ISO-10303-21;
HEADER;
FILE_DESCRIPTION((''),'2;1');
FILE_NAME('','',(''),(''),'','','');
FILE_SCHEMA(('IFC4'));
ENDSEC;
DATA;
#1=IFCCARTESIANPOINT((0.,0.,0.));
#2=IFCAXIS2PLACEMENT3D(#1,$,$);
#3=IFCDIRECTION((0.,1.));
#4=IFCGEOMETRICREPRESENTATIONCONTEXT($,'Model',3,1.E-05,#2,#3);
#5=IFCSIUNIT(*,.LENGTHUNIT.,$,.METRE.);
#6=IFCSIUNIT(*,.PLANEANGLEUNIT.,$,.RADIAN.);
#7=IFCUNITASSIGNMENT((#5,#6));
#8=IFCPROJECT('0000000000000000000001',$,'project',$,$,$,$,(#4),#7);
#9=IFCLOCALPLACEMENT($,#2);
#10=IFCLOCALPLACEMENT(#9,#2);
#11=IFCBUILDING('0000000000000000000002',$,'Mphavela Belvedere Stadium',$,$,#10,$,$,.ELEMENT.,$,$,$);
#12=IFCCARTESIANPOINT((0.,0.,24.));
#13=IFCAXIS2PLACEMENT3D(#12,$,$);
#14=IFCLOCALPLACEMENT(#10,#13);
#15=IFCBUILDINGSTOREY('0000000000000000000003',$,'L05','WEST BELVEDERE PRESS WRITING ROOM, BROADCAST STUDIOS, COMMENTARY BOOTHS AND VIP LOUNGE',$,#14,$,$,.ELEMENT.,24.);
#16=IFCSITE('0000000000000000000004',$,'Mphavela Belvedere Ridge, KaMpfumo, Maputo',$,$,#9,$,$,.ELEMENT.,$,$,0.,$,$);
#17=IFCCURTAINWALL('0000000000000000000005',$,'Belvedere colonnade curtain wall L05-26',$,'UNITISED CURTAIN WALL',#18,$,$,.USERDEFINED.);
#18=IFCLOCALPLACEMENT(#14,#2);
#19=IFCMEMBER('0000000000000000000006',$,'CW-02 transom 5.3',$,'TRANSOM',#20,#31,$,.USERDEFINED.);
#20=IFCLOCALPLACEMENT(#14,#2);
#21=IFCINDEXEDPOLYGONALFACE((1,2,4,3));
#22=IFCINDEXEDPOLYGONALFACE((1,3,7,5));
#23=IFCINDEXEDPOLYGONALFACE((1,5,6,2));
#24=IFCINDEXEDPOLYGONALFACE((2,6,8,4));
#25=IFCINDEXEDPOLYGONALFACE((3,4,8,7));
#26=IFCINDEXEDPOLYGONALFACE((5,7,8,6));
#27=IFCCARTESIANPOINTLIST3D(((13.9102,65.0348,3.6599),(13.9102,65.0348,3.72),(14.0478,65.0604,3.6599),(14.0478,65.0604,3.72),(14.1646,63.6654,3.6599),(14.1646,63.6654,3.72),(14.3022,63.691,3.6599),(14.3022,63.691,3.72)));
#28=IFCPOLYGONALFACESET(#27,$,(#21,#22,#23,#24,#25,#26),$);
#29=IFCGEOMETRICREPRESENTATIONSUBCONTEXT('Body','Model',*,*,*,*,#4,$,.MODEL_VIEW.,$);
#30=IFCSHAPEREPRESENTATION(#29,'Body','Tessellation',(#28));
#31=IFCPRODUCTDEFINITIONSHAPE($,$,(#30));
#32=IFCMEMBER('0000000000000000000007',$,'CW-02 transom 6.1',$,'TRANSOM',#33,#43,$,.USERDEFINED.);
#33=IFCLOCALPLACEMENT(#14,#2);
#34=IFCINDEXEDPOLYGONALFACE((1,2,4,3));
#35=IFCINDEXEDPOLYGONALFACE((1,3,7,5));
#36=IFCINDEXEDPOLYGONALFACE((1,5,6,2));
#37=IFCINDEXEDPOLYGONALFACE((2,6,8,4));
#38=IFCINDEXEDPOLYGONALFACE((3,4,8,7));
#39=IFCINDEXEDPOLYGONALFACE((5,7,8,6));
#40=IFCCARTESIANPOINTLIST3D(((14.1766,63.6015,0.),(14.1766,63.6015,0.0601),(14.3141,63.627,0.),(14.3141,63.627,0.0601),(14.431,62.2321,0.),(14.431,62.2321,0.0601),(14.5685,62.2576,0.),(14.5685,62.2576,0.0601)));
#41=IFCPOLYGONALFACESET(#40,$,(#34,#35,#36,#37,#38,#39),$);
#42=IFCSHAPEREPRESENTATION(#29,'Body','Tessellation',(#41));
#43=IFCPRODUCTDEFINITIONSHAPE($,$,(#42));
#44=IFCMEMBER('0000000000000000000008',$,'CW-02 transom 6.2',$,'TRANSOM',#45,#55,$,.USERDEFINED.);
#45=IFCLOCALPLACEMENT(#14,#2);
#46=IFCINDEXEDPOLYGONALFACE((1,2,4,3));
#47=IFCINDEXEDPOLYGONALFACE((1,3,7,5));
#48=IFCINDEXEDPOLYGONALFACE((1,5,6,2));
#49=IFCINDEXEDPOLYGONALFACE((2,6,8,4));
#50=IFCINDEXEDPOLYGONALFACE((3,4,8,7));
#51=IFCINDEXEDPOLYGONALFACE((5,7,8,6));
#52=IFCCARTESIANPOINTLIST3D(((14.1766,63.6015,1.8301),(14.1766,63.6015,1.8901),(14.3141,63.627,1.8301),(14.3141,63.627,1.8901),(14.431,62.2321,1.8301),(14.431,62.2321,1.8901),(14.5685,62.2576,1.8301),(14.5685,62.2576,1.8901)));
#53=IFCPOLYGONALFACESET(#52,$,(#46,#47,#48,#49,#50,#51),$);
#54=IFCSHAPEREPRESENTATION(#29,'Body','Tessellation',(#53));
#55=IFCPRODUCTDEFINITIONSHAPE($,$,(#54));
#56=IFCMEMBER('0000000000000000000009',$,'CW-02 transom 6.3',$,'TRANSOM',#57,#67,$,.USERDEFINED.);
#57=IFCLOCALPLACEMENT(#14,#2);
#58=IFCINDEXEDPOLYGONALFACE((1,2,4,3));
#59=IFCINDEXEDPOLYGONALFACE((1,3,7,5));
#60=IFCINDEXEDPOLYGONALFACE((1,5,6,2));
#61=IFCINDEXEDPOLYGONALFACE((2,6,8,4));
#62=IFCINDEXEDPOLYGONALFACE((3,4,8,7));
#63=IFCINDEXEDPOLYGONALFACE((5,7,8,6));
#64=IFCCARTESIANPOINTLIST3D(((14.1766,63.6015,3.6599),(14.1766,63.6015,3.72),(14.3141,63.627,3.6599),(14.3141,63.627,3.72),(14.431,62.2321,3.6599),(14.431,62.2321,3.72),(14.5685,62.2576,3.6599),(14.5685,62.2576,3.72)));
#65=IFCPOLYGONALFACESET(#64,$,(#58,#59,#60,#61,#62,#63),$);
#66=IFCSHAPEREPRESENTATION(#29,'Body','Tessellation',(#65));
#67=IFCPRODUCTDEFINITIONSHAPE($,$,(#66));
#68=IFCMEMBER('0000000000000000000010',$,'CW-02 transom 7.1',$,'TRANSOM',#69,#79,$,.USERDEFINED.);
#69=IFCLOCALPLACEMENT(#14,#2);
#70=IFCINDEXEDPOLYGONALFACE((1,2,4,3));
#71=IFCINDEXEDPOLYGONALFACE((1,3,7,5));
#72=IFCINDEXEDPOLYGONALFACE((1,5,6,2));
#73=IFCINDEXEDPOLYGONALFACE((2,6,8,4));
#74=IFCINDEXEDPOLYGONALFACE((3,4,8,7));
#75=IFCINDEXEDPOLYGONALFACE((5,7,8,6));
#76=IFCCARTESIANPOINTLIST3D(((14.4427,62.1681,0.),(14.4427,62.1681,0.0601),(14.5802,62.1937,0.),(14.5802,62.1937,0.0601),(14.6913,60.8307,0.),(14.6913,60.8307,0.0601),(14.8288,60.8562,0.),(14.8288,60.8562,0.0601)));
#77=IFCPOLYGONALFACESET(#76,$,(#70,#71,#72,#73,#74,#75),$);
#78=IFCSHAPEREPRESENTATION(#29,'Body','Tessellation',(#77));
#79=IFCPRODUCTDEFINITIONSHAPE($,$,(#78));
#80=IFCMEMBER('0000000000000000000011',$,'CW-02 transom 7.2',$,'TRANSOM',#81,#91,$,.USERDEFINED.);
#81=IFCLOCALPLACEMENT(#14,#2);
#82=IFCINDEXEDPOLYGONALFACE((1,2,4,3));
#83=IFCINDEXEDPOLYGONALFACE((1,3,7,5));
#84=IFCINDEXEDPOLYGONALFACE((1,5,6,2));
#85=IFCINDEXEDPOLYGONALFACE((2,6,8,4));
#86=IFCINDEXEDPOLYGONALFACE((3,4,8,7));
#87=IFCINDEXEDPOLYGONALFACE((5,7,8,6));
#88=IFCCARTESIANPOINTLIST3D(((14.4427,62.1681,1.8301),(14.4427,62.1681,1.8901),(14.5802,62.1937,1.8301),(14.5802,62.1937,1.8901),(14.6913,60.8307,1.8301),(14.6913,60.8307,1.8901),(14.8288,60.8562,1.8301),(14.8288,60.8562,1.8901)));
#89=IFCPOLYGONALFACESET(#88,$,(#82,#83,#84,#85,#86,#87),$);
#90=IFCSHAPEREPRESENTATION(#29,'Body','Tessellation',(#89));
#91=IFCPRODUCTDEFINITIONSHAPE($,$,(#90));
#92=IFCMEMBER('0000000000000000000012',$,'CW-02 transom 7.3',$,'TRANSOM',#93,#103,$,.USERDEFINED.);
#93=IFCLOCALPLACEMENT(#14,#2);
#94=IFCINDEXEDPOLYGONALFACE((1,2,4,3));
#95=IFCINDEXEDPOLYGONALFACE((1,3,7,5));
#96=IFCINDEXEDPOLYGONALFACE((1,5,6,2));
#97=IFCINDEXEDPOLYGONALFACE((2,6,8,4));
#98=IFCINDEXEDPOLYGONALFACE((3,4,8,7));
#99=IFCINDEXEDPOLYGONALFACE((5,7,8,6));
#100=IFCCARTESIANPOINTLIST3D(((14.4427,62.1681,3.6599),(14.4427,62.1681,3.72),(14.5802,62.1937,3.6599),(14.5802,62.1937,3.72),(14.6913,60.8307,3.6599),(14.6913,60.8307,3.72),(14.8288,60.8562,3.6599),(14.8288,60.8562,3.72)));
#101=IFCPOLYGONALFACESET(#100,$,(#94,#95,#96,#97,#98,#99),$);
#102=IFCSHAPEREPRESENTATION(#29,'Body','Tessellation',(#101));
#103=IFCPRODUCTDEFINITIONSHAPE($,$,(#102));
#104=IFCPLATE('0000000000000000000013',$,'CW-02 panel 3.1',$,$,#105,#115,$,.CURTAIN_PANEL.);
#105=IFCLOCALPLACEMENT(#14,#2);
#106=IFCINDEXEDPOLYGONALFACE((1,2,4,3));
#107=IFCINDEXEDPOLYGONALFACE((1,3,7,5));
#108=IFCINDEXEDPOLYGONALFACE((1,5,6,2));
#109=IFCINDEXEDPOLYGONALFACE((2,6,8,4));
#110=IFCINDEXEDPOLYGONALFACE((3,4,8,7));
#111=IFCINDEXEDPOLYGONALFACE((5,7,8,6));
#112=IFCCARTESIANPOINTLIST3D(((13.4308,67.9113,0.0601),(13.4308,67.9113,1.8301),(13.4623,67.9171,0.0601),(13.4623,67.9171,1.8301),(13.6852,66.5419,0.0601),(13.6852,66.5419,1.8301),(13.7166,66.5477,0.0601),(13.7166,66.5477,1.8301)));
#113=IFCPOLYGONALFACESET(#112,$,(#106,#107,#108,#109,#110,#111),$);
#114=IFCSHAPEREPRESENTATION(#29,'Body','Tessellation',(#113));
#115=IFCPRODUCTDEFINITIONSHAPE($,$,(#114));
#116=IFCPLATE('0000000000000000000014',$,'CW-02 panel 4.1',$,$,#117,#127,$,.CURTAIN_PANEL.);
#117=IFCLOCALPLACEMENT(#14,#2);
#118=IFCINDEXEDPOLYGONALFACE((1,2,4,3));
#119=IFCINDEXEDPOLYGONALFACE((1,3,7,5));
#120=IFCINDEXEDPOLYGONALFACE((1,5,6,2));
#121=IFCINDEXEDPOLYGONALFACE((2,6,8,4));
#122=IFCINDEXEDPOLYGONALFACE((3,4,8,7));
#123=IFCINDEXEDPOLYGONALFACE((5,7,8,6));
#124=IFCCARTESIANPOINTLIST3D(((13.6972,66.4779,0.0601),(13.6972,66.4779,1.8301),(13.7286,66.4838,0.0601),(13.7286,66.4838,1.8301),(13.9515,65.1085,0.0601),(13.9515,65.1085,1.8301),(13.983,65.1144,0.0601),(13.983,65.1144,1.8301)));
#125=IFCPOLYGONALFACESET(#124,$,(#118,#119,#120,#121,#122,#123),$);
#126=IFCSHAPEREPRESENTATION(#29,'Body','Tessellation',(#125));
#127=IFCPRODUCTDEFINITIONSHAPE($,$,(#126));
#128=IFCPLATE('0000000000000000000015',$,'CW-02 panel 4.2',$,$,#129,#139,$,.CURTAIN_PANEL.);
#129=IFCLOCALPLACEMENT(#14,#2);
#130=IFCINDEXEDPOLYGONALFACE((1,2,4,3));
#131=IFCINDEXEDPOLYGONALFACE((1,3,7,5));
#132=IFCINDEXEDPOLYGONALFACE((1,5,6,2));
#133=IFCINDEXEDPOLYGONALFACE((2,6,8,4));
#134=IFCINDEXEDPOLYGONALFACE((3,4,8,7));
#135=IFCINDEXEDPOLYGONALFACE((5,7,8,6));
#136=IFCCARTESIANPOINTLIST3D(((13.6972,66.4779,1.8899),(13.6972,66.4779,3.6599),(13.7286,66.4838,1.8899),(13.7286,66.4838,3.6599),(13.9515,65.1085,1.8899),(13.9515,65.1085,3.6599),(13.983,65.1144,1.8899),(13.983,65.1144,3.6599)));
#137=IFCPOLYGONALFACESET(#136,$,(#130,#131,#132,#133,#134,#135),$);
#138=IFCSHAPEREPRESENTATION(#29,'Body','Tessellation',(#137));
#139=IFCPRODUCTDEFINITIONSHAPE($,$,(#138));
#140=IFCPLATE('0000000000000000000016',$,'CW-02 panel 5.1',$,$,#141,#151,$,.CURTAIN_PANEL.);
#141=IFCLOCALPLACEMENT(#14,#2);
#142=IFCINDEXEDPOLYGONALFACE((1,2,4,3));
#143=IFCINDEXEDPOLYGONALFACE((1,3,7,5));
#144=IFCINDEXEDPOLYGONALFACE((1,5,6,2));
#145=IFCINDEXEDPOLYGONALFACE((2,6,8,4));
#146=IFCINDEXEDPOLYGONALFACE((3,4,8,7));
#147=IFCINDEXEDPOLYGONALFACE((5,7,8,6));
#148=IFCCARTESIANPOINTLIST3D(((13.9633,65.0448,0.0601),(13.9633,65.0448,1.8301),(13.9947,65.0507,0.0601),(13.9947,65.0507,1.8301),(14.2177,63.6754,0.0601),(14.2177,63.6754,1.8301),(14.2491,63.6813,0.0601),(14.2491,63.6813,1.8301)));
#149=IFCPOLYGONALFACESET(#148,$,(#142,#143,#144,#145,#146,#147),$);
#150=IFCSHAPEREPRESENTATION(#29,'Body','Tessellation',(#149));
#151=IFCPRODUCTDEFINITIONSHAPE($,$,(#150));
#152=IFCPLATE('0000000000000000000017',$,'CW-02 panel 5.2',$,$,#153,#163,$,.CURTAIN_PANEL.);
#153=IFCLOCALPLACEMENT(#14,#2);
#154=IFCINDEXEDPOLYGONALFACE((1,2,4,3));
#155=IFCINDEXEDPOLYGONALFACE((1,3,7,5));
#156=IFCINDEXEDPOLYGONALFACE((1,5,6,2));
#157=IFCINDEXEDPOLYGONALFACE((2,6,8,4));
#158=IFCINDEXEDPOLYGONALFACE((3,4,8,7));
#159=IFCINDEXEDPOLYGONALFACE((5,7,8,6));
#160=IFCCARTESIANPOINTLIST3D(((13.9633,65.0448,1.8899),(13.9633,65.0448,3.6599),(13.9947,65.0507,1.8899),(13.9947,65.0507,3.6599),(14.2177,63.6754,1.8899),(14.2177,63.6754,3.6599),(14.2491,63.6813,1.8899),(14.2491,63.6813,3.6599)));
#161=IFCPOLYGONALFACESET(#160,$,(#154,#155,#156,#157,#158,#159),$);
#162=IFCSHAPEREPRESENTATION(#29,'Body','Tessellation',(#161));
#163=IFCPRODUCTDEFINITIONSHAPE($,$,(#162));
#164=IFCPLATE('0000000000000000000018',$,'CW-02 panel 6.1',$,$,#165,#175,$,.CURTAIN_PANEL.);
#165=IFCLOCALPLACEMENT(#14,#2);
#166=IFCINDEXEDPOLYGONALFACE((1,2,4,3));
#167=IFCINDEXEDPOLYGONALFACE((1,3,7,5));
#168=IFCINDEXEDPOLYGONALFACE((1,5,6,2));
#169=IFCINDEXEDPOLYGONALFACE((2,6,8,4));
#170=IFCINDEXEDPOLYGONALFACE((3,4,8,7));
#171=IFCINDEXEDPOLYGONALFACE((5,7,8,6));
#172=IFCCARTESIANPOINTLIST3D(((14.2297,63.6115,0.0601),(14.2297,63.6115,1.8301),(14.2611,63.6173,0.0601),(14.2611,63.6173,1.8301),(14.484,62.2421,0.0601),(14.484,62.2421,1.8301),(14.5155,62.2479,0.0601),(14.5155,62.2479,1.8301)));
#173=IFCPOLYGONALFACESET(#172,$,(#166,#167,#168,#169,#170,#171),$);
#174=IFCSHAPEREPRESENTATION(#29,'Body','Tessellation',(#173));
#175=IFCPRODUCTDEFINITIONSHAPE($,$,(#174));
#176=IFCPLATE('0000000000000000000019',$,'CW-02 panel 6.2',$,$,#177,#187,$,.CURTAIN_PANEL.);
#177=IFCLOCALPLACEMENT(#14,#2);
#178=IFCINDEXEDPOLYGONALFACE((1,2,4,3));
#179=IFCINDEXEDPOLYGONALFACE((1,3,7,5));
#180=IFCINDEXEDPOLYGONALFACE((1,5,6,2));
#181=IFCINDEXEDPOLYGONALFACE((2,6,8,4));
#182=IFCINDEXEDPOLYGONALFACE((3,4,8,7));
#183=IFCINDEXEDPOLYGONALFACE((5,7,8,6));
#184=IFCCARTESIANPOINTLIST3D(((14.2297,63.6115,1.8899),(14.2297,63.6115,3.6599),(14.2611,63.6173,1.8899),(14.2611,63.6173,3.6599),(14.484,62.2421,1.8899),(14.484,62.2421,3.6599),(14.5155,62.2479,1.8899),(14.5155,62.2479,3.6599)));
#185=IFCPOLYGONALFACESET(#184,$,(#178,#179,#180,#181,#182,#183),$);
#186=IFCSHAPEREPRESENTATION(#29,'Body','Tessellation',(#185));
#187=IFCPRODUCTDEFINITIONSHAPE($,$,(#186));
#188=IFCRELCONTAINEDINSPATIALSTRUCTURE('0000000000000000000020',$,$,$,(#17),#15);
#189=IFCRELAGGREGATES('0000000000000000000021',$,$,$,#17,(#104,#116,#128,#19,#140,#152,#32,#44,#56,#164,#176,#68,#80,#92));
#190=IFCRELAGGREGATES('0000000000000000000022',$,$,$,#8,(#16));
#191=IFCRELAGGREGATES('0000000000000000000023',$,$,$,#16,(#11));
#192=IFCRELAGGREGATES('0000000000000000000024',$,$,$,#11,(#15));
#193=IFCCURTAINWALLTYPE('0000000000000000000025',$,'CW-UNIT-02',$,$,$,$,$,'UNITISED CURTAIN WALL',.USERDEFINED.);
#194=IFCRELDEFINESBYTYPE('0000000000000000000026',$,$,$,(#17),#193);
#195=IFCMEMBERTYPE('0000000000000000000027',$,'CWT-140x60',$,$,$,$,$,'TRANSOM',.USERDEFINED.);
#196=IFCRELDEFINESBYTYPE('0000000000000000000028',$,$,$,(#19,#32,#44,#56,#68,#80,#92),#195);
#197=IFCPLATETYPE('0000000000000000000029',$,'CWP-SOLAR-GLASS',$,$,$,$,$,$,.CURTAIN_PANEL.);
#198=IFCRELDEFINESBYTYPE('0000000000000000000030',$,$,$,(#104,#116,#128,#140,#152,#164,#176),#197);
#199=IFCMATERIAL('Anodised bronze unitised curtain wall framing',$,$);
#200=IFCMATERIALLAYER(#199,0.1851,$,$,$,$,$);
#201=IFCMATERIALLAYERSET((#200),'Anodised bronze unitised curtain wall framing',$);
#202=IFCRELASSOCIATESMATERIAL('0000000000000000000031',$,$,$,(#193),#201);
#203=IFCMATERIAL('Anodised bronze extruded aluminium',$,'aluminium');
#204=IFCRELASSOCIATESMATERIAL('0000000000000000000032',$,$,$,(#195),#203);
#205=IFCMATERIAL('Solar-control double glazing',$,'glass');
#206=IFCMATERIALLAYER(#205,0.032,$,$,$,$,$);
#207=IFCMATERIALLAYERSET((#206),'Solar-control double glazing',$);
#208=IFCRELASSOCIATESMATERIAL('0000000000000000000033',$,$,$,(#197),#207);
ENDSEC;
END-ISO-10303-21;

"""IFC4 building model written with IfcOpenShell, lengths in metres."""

from ifc_helpers import new_model, si_unit, direction, frame, origin, origin_2d, place, context, subcontext, project, spatial, rectangle, extrude, material, layer, layer_set, material_profile, profile_set, type_object, element, aggregate, save


model = new_model("IFC4")

# Units and contexts
model_context = context("Model", 3, precision=1e-05, world=origin(), true_north=direction((0.0, 1.0)))
body_context = subcontext(model_context, "Body", "Model", "MODEL_VIEW")
ifc_project = project(units=[si_unit("LENGTHUNIT", "METRE"), si_unit("PLANEANGLEUNIT", "RADIAN")], contexts=[model_context])

# Site, building, storey
site_placement = place(None, origin())
site = spatial("IfcSite", under=ifc_project, at=site_placement, Name="Mphavela Belvedere Ridge, KaMpfumo, Maputo", CompositionType="ELEMENT", RefElevation=0.0)
building_placement = place(site_placement, origin())
building = spatial("IfcBuilding", under=site, at=building_placement, Name="Mphavela Belvedere Stadium", CompositionType="ELEMENT")
storey_placement = place(building_placement, frame((0.0, 0.0, 24.0)))
storey = spatial("IfcBuildingStorey", under=building, at=storey_placement, Name="L05", Description="WEST BELVEDERE PRESS WRITING ROOM, BROADCAST STUDIOS, COMMENTARY BOOTHS AND VIP LOUNGE", CompositionType="ELEMENT", Elevation=24.0)

# Curtain wall, members, plates
ifc_material_1 = material(Name="Anodised bronze unitised curtain wall framing")
ifc_layer_1 = layer(ifc_material_1, 0.1851)
ifc_layer_set_1 = layer_set([ifc_layer_1], Name="Anodised bronze unitised curtain wall framing")
curtain_wall_type = type_object("IfcCurtainWallType", Name="CW-UNIT-02", ElementType="UNITISED CURTAIN WALL", PredefinedType="USERDEFINED", material=ifc_layer_set_1)
curtain_wall_placement = place(storey_placement, origin())
curtain_wall = element("IfcCurtainWall", 1, at=curtain_wall_placement, inside=storey, type_object=curtain_wall_type, Name="Belvedere colonnade curtain wall L05-26", ObjectType="UNITISED CURTAIN WALL", PredefinedType="USERDEFINED")
ifc_material_2 = material(Name="Anodised bronze extruded aluminium", Category="aluminium")
ifc_material_profile_1 = material_profile(ifc_material_2, rectangle(XDim=0.1399, YDim=0.0601, at=origin_2d()), Name="CW-TRN 140x60")
ifc_profile_set_1 = profile_set([ifc_material_profile_1], Name="Anodised bronze extruded aluminium")
member_type_1 = type_object("IfcMemberType", Name="CWT-140x60", ElementType="TRANSOM", PredefinedType="USERDEFINED", material=ifc_profile_set_1)
member_1_placement = place(storey_placement, frame((13.979, 65.0476, 3.6899), z_axis=(0.182648, -0.983178, 0.0), x_axis=(0.983178, 0.182648, 0.0)))
member_1 = element("IfcMember", 2, at=member_1_placement, type_object=member_type_1, Name="CW-02 transom 5.3", ObjectType="TRANSOM", PredefinedType="USERDEFINED", context=body_context, shape_type="SweptSolid", body=[
    extrude(rectangle(XDim=0.1399, YDim=0.0601, at=origin_2d()), origin(), (0.0, 0.0, 1.0), 1.3928),
])
member_2_placement = place(storey_placement, frame((14.2454, 63.6143, 0.03), z_axis=(0.182648, -0.983178, 0.0), x_axis=(0.983178, 0.182648, 0.0)))
member_2 = element("IfcMember", 3, at=member_2_placement, type_object=member_type_1, Name="CW-02 transom 6.1", ObjectType="TRANSOM", PredefinedType="USERDEFINED", context=body_context, shape_type="SweptSolid", body=[
    extrude(rectangle(XDim=0.1399, YDim=0.0601, at=origin_2d()), origin(), (0.0, 0.0, 1.0), 1.3928),
])
member_3_placement = place(storey_placement, frame((14.2454, 63.6143, 1.8601), z_axis=(0.182648, -0.983178, 0.0), x_axis=(0.983178, 0.182648, 0.0)))
member_3 = element("IfcMember", 4, at=member_3_placement, type_object=member_type_1, Name="CW-02 transom 6.2", ObjectType="TRANSOM", PredefinedType="USERDEFINED", context=body_context, shape_type="SweptSolid", body=[
    extrude(rectangle(XDim=0.1399, YDim=0.0601, at=origin_2d()), origin(), (0.0, 0.0, 1.0), 1.3928),
])
member_4_placement = place(storey_placement, frame((14.2454, 63.6143, 3.6899), z_axis=(0.182648, -0.983178, 0.0), x_axis=(0.983178, 0.182648, 0.0)))
member_4 = element("IfcMember", 5, at=member_4_placement, type_object=member_type_1, Name="CW-02 transom 6.3", ObjectType="TRANSOM", PredefinedType="USERDEFINED", context=body_context, shape_type="SweptSolid", body=[
    extrude(rectangle(XDim=0.1399, YDim=0.0601, at=origin_2d()), origin(), (0.0, 0.0, 1.0), 1.3928),
])
member_5_placement = place(storey_placement, frame((14.5115, 62.1809, 0.03), z_axis=(0.182706, -0.983168, 0.0), x_axis=(0.983168, 0.182706, 0.0)))
member_5 = element("IfcMember", 6, at=member_5_placement, type_object=member_type_1, Name="CW-02 transom 7.1", ObjectType="TRANSOM", PredefinedType="USERDEFINED", context=body_context, shape_type="SweptSolid", body=[
    extrude(rectangle(XDim=0.1399, YDim=0.0601, at=origin_2d()), origin(), (0.0, 0.0, 1.0), 1.3604),
])
member_6_placement = place(storey_placement, frame((14.5115, 62.1809, 1.8601), z_axis=(0.182706, -0.983168, 0.0), x_axis=(0.983168, 0.182706, 0.0)))
member_6 = element("IfcMember", 7, at=member_6_placement, type_object=member_type_1, Name="CW-02 transom 7.2", ObjectType="TRANSOM", PredefinedType="USERDEFINED", context=body_context, shape_type="SweptSolid", body=[
    extrude(rectangle(XDim=0.1399, YDim=0.0601, at=origin_2d()), origin(), (0.0, 0.0, 1.0), 1.3604),
])
member_7_placement = place(storey_placement, frame((14.5115, 62.1809, 3.6899), z_axis=(0.182706, -0.983168, 0.0), x_axis=(0.983168, 0.182706, 0.0)))
member_7 = element("IfcMember", 8, at=member_7_placement, type_object=member_type_1, Name="CW-02 transom 7.3", ObjectType="TRANSOM", PredefinedType="USERDEFINED", context=body_context, shape_type="SweptSolid", body=[
    extrude(rectangle(XDim=0.1399, YDim=0.0601, at=origin_2d()), origin(), (0.0, 0.0, 1.0), 1.3604),
])
ifc_material_3 = material(Name="Solar-control double glazing", Category="glass")
ifc_layer_2 = layer(ifc_material_3, 0.032)
ifc_layer_set_2 = layer_set([ifc_layer_2], Name="Solar-control double glazing")
plate_type = type_object("IfcPlateType", Name="CWP-SOLAR-GLASS", PredefinedType="CURTAIN_PANEL", material=ifc_layer_set_2)
plate_1_placement = place(storey_placement, frame((13.5737, 67.2295, 0.0601), z_axis=(0.0, 0.0, 1.0), x_axis=(0.182618, -0.983184, 0.0)))
plate_1 = element("IfcPlate", 9, at=plate_1_placement, type_object=plate_type, Name="CW-02 panel 3.1", PredefinedType="CURTAIN_PANEL", context=body_context, shape_type="SweptSolid", body=[
    extrude(rectangle(XDim=1.3928, YDim=0.032, at=origin_2d()), origin(), (0.0, 0.0, 1.0), 1.77),
])
plate_2_placement = place(storey_placement, frame((13.8401, 65.7961, 0.0601), z_axis=(0.0, 0.0, 1.0), x_axis=(0.182618, -0.983184, 0.0)))
plate_2 = element("IfcPlate", 10, at=plate_2_placement, type_object=plate_type, Name="CW-02 panel 4.1", PredefinedType="CURTAIN_PANEL", context=body_context, shape_type="SweptSolid", body=[
    extrude(rectangle(XDim=1.3928, YDim=0.032, at=origin_2d()), origin(), (0.0, 0.0, 1.0), 1.77),
])
plate_3_placement = place(storey_placement, frame((13.8401, 65.7961, 1.8899), z_axis=(0.0, 0.0, 1.0), x_axis=(0.182618, -0.983184, 0.0)))
plate_3 = element("IfcPlate", 11, at=plate_3_placement, type_object=plate_type, Name="CW-02 panel 4.2", PredefinedType="CURTAIN_PANEL", context=body_context, shape_type="SweptSolid", body=[
    extrude(rectangle(XDim=1.3928, YDim=0.032, at=origin_2d()), origin(), (0.0, 0.0, 1.0), 1.77),
])
plate_4_placement = place(storey_placement, frame((14.1062, 64.363, 0.0601), z_axis=(0.0, 0.0, 1.0), x_axis=(0.182618, -0.983184, 0.0)))
plate_4 = element("IfcPlate", 12, at=plate_4_placement, type_object=plate_type, Name="CW-02 panel 5.1", PredefinedType="CURTAIN_PANEL", context=body_context, shape_type="SweptSolid", body=[
    extrude(rectangle(XDim=1.3928, YDim=0.032, at=origin_2d()), origin(), (0.0, 0.0, 1.0), 1.77),
])
plate_5_placement = place(storey_placement, frame((14.1062, 64.363, 1.8899), z_axis=(0.0, 0.0, 1.0), x_axis=(0.182618, -0.983184, 0.0)))
plate_5 = element("IfcPlate", 13, at=plate_5_placement, type_object=plate_type, Name="CW-02 panel 5.2", PredefinedType="CURTAIN_PANEL", context=body_context, shape_type="SweptSolid", body=[
    extrude(rectangle(XDim=1.3928, YDim=0.032, at=origin_2d()), origin(), (0.0, 0.0, 1.0), 1.77),
])
plate_6_placement = place(storey_placement, frame((14.3726, 62.9297, 0.0601), z_axis=(0.0, 0.0, 1.0), x_axis=(0.182618, -0.983184, 0.0)))
plate_6 = element("IfcPlate", 14, at=plate_6_placement, type_object=plate_type, Name="CW-02 panel 6.1", PredefinedType="CURTAIN_PANEL", context=body_context, shape_type="SweptSolid", body=[
    extrude(rectangle(XDim=1.3928, YDim=0.032, at=origin_2d()), origin(), (0.0, 0.0, 1.0), 1.77),
])
plate_7_placement = place(storey_placement, frame((14.3726, 62.9297, 1.8899), z_axis=(0.0, 0.0, 1.0), x_axis=(0.182618, -0.983184, 0.0)))
plate_7 = element("IfcPlate", 15, at=plate_7_placement, type_object=plate_type, Name="CW-02 panel 6.2", PredefinedType="CURTAIN_PANEL", context=body_context, shape_type="SweptSolid", body=[
    extrude(rectangle(XDim=1.3928, YDim=0.032, at=origin_2d()), origin(), (0.0, 0.0, 1.0), 1.77),
])
aggregate(curtain_wall, [plate_1, plate_2, plate_3, member_1, plate_4, plate_5, member_2, member_3, member_4, plate_6, plate_7, member_5, member_6, member_7])

save(model, "model.ifc")
